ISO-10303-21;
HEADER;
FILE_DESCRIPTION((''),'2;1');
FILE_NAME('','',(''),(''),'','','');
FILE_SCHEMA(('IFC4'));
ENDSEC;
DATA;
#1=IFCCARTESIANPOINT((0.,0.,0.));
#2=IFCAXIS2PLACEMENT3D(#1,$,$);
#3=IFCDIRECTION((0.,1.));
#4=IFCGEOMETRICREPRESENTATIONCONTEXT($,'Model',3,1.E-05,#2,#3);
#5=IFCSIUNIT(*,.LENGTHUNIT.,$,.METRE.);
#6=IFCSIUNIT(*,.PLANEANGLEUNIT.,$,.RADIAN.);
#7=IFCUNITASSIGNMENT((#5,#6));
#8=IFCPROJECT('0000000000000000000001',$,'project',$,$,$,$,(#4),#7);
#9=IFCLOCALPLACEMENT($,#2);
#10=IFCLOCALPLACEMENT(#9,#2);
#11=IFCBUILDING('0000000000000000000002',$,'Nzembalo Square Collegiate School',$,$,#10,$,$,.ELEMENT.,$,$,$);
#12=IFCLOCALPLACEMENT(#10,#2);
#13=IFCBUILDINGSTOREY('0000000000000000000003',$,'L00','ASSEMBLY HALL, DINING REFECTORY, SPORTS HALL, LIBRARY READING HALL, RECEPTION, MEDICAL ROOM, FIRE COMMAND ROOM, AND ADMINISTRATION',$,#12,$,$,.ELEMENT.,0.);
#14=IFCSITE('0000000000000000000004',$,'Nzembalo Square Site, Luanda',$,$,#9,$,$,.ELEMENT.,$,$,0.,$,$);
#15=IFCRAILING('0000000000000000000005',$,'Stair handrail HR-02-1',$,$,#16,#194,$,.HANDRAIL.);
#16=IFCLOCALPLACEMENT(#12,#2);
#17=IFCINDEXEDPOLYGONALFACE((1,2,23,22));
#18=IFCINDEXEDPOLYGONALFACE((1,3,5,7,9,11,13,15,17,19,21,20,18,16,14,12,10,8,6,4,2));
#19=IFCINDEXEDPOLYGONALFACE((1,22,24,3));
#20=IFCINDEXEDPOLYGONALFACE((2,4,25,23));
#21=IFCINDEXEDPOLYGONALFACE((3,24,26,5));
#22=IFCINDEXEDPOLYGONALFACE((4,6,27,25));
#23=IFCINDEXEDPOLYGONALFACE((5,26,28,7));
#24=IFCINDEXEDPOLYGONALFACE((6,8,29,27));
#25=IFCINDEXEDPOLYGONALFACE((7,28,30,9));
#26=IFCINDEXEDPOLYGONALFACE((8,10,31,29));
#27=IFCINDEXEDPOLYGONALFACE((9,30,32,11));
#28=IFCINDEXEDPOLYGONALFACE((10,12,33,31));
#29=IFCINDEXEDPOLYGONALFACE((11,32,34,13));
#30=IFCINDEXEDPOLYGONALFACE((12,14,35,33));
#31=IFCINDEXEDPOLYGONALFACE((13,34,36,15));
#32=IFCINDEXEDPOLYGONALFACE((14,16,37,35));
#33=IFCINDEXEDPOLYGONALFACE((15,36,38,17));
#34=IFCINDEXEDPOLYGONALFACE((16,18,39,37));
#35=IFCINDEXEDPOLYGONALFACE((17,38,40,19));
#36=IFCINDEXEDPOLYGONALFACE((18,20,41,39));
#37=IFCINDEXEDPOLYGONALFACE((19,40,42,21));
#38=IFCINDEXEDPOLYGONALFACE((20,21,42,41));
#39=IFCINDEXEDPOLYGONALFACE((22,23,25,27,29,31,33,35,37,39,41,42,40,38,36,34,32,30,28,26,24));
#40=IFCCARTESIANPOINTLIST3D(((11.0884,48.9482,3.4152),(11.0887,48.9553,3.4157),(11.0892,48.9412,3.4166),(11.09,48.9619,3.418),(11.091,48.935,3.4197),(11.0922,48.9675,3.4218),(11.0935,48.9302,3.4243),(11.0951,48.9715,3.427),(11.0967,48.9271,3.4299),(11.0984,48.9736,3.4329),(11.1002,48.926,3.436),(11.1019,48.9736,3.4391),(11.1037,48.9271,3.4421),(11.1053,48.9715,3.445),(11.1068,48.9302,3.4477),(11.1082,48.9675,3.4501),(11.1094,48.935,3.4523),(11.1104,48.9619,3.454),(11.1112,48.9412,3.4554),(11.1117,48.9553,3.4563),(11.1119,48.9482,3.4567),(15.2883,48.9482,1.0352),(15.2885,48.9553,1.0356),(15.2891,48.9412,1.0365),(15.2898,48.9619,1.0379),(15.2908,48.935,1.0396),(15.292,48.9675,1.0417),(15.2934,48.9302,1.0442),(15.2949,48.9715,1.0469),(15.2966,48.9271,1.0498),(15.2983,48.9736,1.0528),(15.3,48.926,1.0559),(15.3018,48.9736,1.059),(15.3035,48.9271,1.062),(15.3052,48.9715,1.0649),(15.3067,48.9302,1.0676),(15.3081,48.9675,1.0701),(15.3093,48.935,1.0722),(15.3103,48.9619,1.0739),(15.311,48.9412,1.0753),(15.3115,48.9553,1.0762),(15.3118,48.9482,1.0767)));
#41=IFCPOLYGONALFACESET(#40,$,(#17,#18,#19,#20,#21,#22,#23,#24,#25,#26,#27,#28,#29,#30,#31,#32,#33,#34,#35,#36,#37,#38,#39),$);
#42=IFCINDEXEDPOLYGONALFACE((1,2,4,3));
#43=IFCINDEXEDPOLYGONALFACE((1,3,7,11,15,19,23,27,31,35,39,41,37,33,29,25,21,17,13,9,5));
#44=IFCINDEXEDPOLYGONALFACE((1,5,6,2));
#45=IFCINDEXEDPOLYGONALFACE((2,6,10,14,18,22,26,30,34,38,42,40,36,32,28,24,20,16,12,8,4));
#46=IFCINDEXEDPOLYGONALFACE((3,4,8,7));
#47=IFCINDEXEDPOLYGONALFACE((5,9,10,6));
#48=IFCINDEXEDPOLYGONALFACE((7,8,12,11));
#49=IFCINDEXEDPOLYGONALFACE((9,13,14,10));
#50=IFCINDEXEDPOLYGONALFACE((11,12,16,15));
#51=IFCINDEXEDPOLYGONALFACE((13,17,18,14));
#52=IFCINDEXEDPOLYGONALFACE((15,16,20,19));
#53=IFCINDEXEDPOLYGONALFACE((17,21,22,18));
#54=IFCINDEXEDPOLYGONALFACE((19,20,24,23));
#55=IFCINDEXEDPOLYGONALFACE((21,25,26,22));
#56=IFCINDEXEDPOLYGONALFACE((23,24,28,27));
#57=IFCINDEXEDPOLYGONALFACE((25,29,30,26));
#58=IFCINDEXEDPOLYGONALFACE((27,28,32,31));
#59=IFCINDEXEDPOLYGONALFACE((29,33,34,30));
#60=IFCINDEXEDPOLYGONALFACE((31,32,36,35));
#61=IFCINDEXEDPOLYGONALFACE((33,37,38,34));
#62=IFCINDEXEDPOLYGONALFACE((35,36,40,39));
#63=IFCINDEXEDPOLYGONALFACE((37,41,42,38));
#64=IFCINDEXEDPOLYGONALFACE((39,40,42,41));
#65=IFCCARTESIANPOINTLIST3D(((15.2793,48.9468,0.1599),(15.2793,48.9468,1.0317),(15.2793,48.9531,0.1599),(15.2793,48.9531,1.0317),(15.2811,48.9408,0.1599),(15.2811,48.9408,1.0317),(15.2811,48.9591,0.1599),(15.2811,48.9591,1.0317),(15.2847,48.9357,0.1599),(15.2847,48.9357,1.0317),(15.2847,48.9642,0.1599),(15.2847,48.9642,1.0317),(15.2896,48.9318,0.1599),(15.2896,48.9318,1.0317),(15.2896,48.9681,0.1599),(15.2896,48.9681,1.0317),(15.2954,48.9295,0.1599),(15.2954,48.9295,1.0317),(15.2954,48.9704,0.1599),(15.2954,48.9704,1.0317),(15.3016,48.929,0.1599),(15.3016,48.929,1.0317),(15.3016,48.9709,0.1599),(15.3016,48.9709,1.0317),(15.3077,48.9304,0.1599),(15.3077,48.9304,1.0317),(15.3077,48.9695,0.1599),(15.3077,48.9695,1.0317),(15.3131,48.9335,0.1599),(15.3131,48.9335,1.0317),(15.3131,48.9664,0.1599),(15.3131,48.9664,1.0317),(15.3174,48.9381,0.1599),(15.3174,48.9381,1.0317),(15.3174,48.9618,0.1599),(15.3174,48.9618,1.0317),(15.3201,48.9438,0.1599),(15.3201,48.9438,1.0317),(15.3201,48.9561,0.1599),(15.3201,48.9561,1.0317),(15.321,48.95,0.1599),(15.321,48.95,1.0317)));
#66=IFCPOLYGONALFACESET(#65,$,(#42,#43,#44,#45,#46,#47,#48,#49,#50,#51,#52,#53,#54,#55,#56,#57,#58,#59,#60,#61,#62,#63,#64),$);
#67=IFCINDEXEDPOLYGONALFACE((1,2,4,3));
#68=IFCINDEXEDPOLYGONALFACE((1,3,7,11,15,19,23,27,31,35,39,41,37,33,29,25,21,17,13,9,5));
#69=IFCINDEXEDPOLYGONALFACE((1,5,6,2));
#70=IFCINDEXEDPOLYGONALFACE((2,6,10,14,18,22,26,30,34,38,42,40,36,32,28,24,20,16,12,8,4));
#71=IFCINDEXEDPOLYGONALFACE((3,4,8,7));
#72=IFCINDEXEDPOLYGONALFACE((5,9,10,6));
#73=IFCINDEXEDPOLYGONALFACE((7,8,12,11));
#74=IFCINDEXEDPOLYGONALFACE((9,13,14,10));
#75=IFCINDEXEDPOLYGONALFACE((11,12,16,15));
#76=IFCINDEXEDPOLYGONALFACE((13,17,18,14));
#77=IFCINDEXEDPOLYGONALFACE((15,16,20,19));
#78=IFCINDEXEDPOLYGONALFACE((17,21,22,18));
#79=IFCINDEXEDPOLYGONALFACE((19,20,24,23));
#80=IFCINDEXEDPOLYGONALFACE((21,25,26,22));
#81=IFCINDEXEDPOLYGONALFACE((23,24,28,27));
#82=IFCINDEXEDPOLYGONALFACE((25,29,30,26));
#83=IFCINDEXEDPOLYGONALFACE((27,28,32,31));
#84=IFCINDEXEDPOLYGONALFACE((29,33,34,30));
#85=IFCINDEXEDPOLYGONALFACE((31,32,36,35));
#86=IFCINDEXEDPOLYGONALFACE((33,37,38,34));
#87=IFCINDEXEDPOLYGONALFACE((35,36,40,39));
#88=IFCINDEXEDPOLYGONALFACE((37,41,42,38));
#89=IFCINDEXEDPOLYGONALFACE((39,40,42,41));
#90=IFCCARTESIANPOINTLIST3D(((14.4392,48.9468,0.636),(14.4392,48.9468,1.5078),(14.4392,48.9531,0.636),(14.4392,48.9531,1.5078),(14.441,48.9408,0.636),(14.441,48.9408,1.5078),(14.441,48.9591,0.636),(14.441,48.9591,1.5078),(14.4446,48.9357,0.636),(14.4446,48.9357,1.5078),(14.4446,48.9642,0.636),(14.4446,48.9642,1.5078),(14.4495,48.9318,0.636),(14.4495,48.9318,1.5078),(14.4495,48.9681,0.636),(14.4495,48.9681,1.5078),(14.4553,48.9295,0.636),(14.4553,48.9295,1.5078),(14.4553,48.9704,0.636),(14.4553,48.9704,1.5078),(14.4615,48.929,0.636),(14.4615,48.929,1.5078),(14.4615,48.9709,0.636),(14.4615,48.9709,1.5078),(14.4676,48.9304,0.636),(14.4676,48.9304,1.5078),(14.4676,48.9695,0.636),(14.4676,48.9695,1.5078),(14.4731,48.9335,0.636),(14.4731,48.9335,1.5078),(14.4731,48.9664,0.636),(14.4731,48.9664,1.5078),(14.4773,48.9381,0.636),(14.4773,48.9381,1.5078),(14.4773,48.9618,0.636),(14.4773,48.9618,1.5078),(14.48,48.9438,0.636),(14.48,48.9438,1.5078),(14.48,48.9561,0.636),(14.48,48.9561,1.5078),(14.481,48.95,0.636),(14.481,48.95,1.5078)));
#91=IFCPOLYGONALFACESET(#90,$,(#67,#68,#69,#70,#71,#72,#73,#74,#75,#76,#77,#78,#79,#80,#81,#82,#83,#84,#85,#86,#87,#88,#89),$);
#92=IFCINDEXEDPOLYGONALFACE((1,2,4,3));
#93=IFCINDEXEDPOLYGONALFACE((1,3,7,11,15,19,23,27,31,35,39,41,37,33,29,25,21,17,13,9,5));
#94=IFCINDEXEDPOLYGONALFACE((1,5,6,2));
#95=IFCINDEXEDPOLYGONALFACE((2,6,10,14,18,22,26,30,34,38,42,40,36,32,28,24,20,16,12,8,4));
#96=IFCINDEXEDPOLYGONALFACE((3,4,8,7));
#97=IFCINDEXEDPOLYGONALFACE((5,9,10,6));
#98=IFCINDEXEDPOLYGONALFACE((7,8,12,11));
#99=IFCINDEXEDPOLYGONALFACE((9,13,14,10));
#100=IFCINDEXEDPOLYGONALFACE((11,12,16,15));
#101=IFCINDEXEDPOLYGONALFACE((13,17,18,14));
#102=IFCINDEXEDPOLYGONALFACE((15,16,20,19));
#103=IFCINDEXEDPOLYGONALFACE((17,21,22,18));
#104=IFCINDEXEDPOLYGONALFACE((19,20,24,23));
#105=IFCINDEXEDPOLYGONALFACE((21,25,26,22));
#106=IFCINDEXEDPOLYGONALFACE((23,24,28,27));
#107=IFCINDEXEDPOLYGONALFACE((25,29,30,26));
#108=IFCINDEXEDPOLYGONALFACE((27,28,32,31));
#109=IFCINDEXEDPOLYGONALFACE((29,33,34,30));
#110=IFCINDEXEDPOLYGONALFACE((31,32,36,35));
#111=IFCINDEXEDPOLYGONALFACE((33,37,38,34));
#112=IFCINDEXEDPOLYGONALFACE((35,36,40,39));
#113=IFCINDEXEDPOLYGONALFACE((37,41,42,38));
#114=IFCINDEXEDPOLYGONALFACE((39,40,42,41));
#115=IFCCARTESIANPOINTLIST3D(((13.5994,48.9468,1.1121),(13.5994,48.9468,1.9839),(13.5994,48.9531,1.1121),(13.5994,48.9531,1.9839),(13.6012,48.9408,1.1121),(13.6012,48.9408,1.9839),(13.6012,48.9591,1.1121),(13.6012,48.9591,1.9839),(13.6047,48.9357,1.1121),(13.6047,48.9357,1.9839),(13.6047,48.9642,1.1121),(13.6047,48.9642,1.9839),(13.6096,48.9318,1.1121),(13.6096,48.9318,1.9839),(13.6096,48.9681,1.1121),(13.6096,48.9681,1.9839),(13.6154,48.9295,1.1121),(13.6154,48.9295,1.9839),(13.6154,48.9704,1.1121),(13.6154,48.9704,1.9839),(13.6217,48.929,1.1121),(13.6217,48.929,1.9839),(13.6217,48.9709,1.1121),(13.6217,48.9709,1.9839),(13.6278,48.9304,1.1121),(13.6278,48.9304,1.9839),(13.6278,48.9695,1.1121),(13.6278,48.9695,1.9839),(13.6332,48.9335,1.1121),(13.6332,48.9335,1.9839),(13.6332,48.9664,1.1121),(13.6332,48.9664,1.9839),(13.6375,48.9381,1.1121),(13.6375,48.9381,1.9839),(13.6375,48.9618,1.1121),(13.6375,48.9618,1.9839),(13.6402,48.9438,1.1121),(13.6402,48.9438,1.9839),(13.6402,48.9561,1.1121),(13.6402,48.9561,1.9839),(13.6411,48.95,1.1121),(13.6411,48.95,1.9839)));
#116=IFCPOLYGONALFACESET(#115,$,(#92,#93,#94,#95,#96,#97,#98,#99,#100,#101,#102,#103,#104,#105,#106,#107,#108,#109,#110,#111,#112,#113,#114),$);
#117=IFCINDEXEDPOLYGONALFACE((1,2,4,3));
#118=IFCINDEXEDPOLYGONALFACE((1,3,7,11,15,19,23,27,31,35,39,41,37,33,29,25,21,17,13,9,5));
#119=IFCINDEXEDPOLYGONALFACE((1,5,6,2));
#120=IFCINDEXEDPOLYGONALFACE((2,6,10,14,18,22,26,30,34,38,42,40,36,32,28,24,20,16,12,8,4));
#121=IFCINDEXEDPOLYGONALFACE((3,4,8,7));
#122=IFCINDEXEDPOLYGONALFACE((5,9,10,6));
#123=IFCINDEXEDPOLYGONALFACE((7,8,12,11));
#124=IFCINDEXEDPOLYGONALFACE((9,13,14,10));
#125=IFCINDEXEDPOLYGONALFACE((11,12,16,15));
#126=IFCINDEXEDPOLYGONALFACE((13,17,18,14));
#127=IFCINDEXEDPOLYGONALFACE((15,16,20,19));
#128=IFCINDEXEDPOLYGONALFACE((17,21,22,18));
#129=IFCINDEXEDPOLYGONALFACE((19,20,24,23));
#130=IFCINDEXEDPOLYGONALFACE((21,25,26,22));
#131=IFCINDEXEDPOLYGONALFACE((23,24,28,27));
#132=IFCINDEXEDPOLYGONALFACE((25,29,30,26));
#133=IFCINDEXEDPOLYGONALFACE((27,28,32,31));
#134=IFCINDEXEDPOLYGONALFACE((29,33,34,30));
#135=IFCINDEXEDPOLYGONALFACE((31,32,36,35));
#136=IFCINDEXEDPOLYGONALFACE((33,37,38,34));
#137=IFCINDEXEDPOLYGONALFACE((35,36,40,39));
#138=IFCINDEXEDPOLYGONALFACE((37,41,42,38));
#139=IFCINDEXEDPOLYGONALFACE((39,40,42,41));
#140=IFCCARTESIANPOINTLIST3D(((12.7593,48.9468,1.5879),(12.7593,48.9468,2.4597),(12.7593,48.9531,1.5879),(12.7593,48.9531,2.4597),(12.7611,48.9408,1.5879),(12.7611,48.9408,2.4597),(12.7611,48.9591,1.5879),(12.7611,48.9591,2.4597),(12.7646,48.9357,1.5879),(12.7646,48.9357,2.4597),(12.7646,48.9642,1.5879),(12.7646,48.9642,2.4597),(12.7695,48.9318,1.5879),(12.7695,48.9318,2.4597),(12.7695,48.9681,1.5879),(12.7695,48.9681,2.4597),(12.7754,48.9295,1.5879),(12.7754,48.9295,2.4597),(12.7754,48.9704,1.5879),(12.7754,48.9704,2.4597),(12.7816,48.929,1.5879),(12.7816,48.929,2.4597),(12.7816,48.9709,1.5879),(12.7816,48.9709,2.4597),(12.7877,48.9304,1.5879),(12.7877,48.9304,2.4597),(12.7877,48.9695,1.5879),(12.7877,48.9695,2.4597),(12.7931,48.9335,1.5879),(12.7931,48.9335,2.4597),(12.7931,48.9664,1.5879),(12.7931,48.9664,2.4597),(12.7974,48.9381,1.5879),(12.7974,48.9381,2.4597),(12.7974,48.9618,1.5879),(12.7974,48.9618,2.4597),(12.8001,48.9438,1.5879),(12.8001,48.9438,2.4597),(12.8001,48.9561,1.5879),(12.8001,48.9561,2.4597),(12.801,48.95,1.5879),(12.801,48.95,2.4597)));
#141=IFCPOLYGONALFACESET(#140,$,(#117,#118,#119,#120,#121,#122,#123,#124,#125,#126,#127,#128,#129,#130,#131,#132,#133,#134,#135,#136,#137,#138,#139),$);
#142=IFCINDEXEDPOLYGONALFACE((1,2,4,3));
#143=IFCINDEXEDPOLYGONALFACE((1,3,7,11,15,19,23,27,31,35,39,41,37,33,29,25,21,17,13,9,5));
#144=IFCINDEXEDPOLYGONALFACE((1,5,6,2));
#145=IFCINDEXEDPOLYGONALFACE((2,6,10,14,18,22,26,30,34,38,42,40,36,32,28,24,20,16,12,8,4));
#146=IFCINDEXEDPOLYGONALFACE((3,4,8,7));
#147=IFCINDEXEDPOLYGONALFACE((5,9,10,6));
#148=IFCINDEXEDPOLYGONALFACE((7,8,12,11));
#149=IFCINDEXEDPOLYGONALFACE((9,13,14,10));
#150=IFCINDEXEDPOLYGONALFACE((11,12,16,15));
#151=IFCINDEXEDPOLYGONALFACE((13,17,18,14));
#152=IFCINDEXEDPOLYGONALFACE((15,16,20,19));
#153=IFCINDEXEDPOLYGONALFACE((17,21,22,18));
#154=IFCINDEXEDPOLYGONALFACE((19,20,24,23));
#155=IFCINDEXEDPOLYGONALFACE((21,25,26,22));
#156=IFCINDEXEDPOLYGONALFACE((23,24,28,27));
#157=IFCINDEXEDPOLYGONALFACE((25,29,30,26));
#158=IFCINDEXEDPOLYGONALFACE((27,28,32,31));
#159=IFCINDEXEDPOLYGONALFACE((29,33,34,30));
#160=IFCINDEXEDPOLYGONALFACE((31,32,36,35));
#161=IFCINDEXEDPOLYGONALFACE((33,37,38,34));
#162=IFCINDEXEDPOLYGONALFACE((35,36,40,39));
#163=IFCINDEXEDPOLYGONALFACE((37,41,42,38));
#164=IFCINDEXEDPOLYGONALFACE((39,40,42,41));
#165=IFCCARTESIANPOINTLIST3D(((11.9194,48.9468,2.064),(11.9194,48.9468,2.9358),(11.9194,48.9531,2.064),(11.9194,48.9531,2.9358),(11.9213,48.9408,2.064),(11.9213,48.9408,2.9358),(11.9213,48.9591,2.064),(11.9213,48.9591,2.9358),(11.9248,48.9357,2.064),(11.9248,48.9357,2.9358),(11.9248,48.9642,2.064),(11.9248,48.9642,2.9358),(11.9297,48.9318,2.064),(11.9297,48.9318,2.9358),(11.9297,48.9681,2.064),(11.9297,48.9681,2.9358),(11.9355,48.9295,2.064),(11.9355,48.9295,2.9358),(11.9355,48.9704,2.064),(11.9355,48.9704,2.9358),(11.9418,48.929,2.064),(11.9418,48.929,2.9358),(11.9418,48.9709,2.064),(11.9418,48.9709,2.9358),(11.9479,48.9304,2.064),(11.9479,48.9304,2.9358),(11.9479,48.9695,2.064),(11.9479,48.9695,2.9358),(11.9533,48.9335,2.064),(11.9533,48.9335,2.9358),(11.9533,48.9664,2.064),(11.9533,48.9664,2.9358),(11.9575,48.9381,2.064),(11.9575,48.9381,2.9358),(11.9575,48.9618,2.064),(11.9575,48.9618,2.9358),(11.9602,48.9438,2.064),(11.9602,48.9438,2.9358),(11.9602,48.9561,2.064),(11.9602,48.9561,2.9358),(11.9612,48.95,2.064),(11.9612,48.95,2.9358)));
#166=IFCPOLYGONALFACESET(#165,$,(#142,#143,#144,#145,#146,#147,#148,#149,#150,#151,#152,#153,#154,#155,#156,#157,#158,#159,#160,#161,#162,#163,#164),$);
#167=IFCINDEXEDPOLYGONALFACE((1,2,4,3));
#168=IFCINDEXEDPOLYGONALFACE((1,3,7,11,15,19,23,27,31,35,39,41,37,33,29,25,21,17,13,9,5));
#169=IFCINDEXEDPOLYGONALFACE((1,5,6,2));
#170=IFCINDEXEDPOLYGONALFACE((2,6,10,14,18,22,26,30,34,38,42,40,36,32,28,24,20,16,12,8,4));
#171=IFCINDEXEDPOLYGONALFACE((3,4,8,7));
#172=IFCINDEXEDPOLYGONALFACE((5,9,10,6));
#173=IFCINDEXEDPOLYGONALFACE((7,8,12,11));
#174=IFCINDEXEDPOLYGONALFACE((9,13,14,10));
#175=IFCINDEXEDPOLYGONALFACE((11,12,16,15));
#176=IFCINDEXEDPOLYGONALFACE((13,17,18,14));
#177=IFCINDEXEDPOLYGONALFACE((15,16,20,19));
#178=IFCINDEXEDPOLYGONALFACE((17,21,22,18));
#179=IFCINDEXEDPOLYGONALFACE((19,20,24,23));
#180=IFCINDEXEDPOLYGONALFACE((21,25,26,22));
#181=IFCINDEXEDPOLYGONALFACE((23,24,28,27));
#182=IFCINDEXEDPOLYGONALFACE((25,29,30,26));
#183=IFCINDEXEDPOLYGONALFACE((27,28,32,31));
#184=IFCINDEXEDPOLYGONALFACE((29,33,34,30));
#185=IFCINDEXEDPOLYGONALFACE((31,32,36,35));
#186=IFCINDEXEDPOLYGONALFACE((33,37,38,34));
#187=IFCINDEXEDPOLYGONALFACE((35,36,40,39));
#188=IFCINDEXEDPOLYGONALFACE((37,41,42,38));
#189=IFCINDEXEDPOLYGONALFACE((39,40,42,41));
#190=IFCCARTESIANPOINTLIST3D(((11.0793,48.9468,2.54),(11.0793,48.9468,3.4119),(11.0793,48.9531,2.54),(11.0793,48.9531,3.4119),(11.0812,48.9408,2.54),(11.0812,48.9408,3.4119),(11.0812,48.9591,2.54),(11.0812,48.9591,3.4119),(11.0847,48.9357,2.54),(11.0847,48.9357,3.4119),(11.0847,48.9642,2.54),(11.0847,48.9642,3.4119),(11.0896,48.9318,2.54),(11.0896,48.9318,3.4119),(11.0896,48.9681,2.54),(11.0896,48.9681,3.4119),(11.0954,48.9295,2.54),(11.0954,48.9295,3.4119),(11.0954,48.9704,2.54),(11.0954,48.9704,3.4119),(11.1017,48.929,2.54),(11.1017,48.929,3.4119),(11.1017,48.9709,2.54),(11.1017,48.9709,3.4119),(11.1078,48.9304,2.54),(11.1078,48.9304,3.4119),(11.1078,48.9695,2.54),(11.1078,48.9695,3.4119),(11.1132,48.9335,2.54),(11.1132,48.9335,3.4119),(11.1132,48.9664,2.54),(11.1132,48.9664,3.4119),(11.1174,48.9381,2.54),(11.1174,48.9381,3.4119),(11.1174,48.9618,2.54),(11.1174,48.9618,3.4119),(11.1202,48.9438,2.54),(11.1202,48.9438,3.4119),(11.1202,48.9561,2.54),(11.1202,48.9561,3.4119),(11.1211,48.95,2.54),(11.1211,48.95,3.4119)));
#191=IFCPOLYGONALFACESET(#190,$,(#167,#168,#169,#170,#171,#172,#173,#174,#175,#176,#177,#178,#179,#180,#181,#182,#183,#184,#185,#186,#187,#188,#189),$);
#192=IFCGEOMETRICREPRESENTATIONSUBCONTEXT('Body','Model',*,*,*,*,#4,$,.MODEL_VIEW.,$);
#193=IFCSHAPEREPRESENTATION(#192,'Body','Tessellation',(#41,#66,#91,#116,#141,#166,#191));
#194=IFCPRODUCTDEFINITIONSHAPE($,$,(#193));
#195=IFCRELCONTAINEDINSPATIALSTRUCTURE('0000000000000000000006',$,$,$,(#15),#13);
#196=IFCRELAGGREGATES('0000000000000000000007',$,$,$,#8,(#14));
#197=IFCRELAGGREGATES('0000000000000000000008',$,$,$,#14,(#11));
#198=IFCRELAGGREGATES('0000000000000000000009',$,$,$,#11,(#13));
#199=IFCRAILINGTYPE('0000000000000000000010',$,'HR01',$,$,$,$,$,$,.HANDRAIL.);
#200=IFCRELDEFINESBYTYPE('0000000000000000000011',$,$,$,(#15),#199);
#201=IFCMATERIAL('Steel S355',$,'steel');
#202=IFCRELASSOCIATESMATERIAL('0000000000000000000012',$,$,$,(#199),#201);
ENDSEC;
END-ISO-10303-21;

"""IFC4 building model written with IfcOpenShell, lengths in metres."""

from ifc_helpers import new_model, si_unit, direction, frame, origin, origin_2d, place, context, subcontext, project, spatial, circle, extrude, material, type_object, element, save


model = new_model("IFC4")

# Units and contexts
model_context = context("Model", 3, precision=1e-05, world=origin(), true_north=direction((0.0, 1.0)))
body_context = subcontext(model_context, "Body", "Model", "MODEL_VIEW")
ifc_project = project(units=[si_unit("LENGTHUNIT", "METRE"), si_unit("PLANEANGLEUNIT", "RADIAN")], contexts=[model_context])

# Site, building, storey
site_placement = place(None, origin())
site = spatial("IfcSite", under=ifc_project, at=site_placement, Name="Nzembalo Square Site, Luanda", CompositionType="ELEMENT", RefElevation=0.0)
building_placement = place(site_placement, origin())
building = spatial("IfcBuilding", under=site, at=building_placement, Name="Nzembalo Square Collegiate School", CompositionType="ELEMENT")
storey_placement = place(building_placement, origin())
storey = spatial("IfcBuildingStorey", under=building, at=storey_placement, Name="L00", Description="ASSEMBLY HALL, DINING REFECTORY, SPORTS HALL, LIBRARY READING HALL, RECEPTION, MEDICAL ROOM, FIRE COMMAND ROOM, AND ADMINISTRATION", CompositionType="ELEMENT", Elevation=0.0)

# Railing
ifc_material_1 = material(Name="Steel S355", Category="steel")
railing_type_1 = type_object("IfcRailingType", Name="HR01", PredefinedType="HANDRAIL", material=ifc_material_1)
railing_1_placement = place(storey_placement, frame((15.3, 48.95, 0.1599)))
element("IfcRailing", 1, at=railing_1_placement, inside=storey, type_object=railing_type_1, Name="Stair handrail HR-02-1", PredefinedType="HANDRAIL", context=body_context, shape_type="SweptSolid", body=[
    extrude(circle(Radius=0.0239, at=origin_2d()), frame((0.0, 0.0, 0.896), z_axis=(-0.870008, 0.0, 0.493037), x_axis=(0.0, -1.0, 0.0)), (0.0, 0.0, 1.0), 4.8274),
    extrude(circle(Radius=0.021, at=origin_2d()), origin(), (0.0, 0.0, 1.0), 0.8718),
    extrude(circle(Radius=0.021, at=origin_2d()), frame((-0.8401, 0.0, 0.4761)), (0.0, 0.0, 1.0), 0.8718),
    extrude(circle(Radius=0.021, at=origin_2d()), frame((-1.6799, 0.0, 0.9521)), (0.0, 0.0, 1.0), 0.8718),
    extrude(circle(Radius=0.021, at=origin_2d()), frame((-2.52, 0.0, 1.428)), (0.0, 0.0, 1.0), 0.8718),
    extrude(circle(Radius=0.021, at=origin_2d()), frame((-3.3599, 0.0, 1.9041)), (0.0, 0.0, 1.0), 0.8718),
    extrude(circle(Radius=0.021, at=origin_2d()), frame((-4.2, 0.0, 2.3801)), (0.0, 0.0, 1.0), 0.8718),
])

save(model, "model.ifc")
